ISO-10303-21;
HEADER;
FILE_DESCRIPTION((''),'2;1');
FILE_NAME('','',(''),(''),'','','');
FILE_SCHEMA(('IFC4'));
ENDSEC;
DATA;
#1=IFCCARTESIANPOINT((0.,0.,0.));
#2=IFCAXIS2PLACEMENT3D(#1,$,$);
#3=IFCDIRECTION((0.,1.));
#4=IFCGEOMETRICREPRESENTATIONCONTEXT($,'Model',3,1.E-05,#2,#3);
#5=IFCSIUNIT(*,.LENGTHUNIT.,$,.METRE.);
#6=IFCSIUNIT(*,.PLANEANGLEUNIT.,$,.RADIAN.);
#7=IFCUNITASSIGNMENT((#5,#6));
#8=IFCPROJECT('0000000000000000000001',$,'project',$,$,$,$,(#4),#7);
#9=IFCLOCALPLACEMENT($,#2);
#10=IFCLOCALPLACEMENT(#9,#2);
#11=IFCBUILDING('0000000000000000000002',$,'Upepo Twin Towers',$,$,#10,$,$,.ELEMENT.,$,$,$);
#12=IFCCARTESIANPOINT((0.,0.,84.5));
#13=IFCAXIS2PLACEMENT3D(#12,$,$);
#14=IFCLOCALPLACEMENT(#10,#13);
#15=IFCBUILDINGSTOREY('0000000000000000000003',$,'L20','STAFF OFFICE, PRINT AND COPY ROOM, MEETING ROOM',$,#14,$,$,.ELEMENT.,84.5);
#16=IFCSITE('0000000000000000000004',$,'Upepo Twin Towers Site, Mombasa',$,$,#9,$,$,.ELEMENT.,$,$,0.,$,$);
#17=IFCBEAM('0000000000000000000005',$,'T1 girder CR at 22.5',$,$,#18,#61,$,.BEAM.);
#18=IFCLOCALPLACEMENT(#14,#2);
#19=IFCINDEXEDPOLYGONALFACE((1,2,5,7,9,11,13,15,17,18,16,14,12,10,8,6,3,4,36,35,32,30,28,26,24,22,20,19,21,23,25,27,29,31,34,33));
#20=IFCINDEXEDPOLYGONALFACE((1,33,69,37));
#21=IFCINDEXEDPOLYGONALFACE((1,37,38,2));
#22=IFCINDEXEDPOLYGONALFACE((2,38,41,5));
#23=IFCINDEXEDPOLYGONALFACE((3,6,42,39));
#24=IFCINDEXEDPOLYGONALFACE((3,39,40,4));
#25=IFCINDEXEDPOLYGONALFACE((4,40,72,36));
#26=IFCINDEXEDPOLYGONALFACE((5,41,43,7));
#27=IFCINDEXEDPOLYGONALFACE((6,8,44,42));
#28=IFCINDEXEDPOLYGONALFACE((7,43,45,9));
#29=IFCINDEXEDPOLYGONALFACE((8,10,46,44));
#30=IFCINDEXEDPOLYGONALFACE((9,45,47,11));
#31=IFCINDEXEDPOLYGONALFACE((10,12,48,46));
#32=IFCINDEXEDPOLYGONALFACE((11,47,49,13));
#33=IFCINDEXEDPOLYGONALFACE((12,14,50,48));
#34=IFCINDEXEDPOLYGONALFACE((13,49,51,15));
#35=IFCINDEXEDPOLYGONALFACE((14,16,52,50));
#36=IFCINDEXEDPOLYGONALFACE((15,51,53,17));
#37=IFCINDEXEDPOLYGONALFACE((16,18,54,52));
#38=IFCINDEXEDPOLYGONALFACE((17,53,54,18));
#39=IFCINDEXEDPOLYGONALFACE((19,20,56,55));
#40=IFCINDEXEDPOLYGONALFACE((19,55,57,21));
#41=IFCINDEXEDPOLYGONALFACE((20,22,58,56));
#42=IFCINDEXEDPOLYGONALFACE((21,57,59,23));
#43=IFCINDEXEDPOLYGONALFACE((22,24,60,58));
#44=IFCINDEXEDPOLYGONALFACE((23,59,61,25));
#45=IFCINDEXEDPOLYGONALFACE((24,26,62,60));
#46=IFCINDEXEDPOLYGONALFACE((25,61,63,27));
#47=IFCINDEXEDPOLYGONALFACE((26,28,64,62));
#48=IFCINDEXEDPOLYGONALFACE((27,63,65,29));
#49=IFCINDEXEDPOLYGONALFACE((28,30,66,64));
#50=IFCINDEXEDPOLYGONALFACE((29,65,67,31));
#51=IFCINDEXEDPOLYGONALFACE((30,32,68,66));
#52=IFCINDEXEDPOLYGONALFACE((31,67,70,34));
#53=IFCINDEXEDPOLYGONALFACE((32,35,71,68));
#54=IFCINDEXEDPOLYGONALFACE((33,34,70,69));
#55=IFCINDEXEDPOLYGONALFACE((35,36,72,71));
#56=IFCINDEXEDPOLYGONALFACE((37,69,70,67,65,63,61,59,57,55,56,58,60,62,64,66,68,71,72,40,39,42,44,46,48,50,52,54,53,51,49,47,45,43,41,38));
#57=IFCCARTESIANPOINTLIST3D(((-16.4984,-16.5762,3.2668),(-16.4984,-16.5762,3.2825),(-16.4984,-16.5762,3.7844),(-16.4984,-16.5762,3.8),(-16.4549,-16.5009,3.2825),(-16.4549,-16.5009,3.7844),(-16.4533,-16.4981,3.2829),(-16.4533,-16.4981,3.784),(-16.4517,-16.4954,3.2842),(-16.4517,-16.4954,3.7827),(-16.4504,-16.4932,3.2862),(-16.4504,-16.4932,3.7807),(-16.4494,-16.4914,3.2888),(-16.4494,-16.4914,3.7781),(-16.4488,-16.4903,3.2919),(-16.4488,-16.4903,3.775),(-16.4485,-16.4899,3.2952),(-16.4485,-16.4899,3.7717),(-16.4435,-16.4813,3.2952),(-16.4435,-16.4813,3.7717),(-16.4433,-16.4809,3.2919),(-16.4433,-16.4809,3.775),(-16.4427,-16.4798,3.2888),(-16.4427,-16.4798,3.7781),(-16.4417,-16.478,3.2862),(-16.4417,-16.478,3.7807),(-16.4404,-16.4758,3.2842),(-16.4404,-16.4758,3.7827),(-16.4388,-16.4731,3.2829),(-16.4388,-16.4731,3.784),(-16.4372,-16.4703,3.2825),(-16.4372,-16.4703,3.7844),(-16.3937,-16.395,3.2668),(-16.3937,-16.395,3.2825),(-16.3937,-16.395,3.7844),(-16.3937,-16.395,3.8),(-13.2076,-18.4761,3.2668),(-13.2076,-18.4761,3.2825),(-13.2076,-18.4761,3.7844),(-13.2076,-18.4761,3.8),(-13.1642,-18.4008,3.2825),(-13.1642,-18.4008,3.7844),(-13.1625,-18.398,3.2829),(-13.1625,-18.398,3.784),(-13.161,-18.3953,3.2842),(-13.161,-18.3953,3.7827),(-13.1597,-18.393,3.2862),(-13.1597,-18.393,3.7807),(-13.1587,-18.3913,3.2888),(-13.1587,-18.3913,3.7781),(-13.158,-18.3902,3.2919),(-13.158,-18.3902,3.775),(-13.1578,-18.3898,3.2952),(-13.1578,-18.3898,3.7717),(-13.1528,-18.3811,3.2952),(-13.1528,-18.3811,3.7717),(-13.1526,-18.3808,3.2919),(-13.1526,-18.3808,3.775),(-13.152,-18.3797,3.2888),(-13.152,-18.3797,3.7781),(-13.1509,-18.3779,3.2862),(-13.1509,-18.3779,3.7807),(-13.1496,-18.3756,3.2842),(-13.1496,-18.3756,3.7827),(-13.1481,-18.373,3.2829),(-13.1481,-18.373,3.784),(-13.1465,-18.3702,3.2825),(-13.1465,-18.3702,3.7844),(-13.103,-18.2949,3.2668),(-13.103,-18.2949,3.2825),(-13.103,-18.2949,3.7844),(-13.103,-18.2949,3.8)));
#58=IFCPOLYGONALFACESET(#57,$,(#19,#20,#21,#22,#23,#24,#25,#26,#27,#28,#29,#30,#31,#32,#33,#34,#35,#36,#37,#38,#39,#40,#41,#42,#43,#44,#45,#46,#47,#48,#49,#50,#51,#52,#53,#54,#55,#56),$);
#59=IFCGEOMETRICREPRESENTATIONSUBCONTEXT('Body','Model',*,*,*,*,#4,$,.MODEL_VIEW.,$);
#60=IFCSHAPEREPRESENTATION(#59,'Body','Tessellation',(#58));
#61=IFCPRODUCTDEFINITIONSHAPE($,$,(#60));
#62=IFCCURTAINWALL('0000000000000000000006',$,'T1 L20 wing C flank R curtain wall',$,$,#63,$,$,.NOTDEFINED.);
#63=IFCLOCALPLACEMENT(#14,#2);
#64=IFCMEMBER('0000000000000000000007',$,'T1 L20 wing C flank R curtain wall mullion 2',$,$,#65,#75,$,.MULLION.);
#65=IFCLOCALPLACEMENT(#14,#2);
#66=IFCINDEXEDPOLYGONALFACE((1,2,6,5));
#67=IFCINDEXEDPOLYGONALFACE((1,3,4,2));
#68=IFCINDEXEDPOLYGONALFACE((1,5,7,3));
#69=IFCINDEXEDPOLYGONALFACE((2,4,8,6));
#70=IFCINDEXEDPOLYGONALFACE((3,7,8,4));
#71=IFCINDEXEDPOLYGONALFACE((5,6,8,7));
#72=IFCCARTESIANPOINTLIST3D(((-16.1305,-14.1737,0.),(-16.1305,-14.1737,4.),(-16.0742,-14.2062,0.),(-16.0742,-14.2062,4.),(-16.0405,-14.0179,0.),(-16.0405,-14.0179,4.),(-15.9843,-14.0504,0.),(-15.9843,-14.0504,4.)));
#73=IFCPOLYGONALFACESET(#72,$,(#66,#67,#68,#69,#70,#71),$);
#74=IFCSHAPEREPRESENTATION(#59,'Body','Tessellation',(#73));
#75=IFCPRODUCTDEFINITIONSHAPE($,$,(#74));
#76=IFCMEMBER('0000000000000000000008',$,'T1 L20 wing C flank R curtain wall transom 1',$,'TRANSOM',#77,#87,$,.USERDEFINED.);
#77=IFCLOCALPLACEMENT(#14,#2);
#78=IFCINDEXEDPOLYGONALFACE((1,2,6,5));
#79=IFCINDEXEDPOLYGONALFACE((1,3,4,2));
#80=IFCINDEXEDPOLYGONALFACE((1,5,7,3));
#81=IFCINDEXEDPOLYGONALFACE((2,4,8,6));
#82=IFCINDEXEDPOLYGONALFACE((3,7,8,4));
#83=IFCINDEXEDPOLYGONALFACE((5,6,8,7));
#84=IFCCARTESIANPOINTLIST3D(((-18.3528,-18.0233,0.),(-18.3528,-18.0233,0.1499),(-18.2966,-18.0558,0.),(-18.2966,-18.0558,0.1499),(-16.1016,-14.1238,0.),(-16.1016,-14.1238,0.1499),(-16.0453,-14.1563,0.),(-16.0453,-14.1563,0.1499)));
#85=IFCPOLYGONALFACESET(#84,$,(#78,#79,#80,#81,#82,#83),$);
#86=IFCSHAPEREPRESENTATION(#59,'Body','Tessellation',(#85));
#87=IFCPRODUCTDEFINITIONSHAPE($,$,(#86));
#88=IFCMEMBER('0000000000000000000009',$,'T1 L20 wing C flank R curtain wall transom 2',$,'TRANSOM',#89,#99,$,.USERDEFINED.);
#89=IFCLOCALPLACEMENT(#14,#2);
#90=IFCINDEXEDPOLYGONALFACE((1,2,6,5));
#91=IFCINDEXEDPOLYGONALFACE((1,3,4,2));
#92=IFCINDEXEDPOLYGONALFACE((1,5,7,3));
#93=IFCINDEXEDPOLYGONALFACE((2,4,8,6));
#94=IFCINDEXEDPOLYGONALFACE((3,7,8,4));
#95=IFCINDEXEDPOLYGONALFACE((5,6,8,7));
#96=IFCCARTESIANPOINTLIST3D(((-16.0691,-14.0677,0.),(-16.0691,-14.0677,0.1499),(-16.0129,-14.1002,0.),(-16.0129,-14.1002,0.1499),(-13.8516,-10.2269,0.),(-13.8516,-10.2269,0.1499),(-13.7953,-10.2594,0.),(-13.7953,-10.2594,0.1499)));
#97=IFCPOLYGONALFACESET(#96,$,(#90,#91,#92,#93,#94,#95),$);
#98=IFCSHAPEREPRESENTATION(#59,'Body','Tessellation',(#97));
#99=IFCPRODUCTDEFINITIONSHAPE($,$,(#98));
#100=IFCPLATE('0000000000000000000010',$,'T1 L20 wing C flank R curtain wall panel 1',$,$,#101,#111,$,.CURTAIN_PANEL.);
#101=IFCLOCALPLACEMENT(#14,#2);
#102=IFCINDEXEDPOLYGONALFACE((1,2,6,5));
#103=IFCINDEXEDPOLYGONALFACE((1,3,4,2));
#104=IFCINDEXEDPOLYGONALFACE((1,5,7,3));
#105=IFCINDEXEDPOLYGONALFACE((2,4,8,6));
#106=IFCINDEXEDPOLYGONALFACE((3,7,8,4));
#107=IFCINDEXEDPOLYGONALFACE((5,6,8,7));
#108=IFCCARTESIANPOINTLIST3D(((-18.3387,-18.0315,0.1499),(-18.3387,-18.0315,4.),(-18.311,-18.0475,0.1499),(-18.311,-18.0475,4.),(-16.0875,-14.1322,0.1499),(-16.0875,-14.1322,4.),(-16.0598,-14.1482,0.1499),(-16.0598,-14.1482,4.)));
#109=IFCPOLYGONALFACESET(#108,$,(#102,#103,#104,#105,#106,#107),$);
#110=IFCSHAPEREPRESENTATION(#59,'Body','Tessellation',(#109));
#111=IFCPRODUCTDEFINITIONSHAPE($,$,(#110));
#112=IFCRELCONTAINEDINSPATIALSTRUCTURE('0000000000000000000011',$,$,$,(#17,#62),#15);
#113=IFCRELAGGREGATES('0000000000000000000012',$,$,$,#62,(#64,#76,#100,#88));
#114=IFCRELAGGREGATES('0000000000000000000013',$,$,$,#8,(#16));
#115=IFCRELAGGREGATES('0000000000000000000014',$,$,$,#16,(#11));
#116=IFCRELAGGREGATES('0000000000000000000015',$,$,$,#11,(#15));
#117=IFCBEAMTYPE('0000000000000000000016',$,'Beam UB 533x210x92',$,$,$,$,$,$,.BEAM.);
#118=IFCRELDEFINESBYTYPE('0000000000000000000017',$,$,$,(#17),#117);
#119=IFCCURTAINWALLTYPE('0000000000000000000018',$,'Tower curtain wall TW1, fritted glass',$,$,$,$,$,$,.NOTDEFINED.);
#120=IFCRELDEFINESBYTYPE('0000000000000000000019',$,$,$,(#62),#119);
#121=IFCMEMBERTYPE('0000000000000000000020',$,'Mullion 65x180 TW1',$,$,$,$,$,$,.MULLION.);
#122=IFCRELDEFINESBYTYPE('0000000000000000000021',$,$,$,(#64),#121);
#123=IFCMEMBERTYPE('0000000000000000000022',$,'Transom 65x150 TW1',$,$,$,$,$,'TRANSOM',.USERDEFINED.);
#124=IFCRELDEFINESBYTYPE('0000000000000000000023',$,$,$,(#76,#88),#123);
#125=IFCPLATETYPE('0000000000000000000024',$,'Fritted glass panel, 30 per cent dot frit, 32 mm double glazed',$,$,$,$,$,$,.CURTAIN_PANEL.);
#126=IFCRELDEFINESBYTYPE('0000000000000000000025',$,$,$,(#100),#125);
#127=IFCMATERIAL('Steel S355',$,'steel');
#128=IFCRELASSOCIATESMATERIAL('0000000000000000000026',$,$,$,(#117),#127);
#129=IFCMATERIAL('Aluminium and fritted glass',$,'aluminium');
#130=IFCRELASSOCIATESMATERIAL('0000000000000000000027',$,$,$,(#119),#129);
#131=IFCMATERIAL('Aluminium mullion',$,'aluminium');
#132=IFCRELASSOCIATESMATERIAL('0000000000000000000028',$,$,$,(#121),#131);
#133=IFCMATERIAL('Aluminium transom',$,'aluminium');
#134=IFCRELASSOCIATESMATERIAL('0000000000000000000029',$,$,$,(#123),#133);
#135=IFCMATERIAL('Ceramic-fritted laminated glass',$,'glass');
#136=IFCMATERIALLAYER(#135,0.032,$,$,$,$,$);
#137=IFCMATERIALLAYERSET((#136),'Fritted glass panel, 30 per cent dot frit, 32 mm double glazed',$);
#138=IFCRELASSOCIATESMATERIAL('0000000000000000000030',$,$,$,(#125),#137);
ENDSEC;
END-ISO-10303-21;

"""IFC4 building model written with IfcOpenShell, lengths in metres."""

from ifc_helpers import new_model, si_unit, direction, frame, origin, origin_2d, place, context, subcontext, project, spatial, rectangle, i_section, extrude, material, layer, layer_set, material_profile, profile_set, type_object, element, aggregate, save


model = new_model("IFC4")

# Units and contexts
model_context = context("Model", 3, precision=1e-05, world=origin(), true_north=direction((0.0, 1.0)))
body_context = subcontext(model_context, "Body", "Model", "MODEL_VIEW")
ifc_project = project(units=[si_unit("LENGTHUNIT", "METRE"), si_unit("PLANEANGLEUNIT", "RADIAN")], contexts=[model_context])

# Site, building, storey
site_placement = place(None, origin())
site = spatial("IfcSite", under=ifc_project, at=site_placement, Name="Upepo Twin Towers Site, Mombasa", CompositionType="ELEMENT", RefElevation=0.0)
building_placement = place(site_placement, origin())
building = spatial("IfcBuilding", under=site, at=building_placement, Name="Upepo Twin Towers", CompositionType="ELEMENT")
storey_placement = place(building_placement, frame((0.0, 0.0, 84.5)))
storey = spatial("IfcBuildingStorey", under=building, at=storey_placement, Name="L20", Description="STAFF OFFICE, PRINT AND COPY ROOM, MEETING ROOM", CompositionType="ELEMENT", Elevation=84.5)

# Beam
ifc_material_1 = material(Name="Steel S355", Category="steel")
ifc_material_profile_1 = material_profile(ifc_material_1, i_section(OverallWidth=0.2092, OverallDepth=0.5332, WebThickness=0.01, FlangeThickness=0.0156, FilletRadius=0.0127, at=origin_2d()), Name="UB 533x210x92")
ifc_profile_set_1 = profile_set([ifc_material_profile_1], Name="Steel S355")
beam_type_1 = type_object("IfcBeamType", Name="Beam UB 533x210x92", PredefinedType="BEAM", material=ifc_profile_set_1)
beam_1_placement = place(storey_placement, frame((-16.446, -16.4856, 3.5334), z_axis=(0.866028, -0.499995, 0.0), x_axis=(0.499995, 0.866028, 0.0)))
element("IfcBeam", 1, at=beam_1_placement, inside=storey, type_object=beam_type_1, Name="T1 girder CR at 22.5", PredefinedType="BEAM", context=body_context, shape_type="SweptSolid", body=[
    extrude(i_section(OverallWidth=0.2092, OverallDepth=0.5332, WebThickness=0.01, FlangeThickness=0.0156, FilletRadius=0.0127, at=origin_2d()), origin(), (0.0, 0.0, 1.0), 3.7998),
])

# Curtain wall, members, plate
ifc_material_2 = material(Name="Aluminium and fritted glass", Category="aluminium")
curtain_wall_type = type_object("IfcCurtainWallType", Name="Tower curtain wall TW1, fritted glass", PredefinedType="NOTDEFINED", material=ifc_material_2)
curtain_wall_placement = place(storey_placement, origin())
curtain_wall = element("IfcCurtainWall", 2, at=curtain_wall_placement, inside=storey, type_object=curtain_wall_type, Name="T1 L20 wing C flank R curtain wall", PredefinedType="NOTDEFINED")
ifc_material_3 = material(Name="Aluminium mullion", Category="aluminium")
ifc_material_profile_2 = material_profile(ifc_material_3, rectangle(XDim=0.0649, YDim=0.1799, at=origin_2d()), Name="MULLION 65x180")
ifc_profile_set_2 = profile_set([ifc_material_profile_2], Name="Aluminium mullion")
member_type_1 = type_object("IfcMemberType", Name="Mullion 65x180 TW1", PredefinedType="MULLION", material=ifc_profile_set_2)
member_1_placement = place(storey_placement, frame((-16.0574, -14.1121, 0.0), z_axis=(0.0, 0.0, 1.0), x_axis=(-0.866025, 0.5, 0.0)))
member_1 = element("IfcMember", 3, at=member_1_placement, type_object=member_type_1, Name="T1 L20 wing C flank R curtain wall mullion 2", PredefinedType="MULLION", context=body_context, shape_type="SweptSolid", body=[
    extrude(rectangle(XDim=0.0649, YDim=0.1799, at=origin_2d()), origin(), (0.0, 0.0, 1.0), 4.0),
])
ifc_material_4 = material(Name="Aluminium transom", Category="aluminium")
ifc_material_profile_3 = material_profile(ifc_material_4, rectangle(XDim=0.0649, YDim=0.1499, at=origin_2d()), Name="TRANSOM 65x150")
ifc_profile_set_3 = profile_set([ifc_material_profile_3], Name="Aluminium transom")
member_type_2 = type_object("IfcMemberType", Name="Transom 65x150 TW1", ElementType="TRANSOM", PredefinedType="USERDEFINED", material=ifc_profile_set_3)
member_2_placement = place(storey_placement, frame((-18.3247, -18.0396, 0.075), z_axis=(0.499982, 0.866036, 0.0), x_axis=(-0.866036, 0.499982, 0.0)))
member_2 = element("IfcMember", 4, at=member_2_placement, type_object=member_type_2, Name="T1 L20 wing C flank R curtain wall transom 1", ObjectType="TRANSOM", PredefinedType="USERDEFINED", context=body_context, shape_type="SweptSolid", body=[
    extrude(rectangle(XDim=0.0649, YDim=0.1499, at=origin_2d()), origin(), (0.0, 0.0, 1.0), 4.5027),
])
member_3_placement = place(storey_placement, frame((-16.041, -14.084, 0.075), z_axis=(0.500005, 0.866022, 0.0), x_axis=(-0.866022, 0.500005, 0.0)))
member_3 = element("IfcMember", 5, at=member_3_placement, type_object=member_type_2, Name="T1 L20 wing C flank R curtain wall transom 2", ObjectType="TRANSOM", PredefinedType="USERDEFINED", context=body_context, shape_type="SweptSolid", body=[
    extrude(rectangle(XDim=0.0649, YDim=0.1499, at=origin_2d()), origin(), (0.0, 0.0, 1.0), 4.4351),
])
ifc_material_5 = material(Name="Ceramic-fritted laminated glass", Category="glass")
ifc_layer_1 = layer(ifc_material_5, 0.032)
ifc_layer_set_1 = layer_set([ifc_layer_1], Name="Fritted glass panel, 30 per cent dot frit, 32 mm double glazed")
plate_type = type_object("IfcPlateType", Name="Fritted glass panel, 30 per cent dot frit, 32 mm double glazed", PredefinedType="CURTAIN_PANEL", material=ifc_layer_set_1)
plate_placement = place(storey_placement, frame((-17.1992, -16.0898, 0.1499), z_axis=(0.0, 0.0, 1.0), x_axis=(0.5, 0.866025, 0.0)))
plate = element("IfcPlate", 6, at=plate_placement, type_object=plate_type, Name="T1 L20 wing C flank R curtain wall panel 1", PredefinedType="CURTAIN_PANEL", context=body_context, shape_type="SweptSolid", body=[
    extrude(rectangle(XDim=4.5024, YDim=0.032, at=origin_2d()), origin(), (0.0, 0.0, 1.0), 3.8501),
])
aggregate(curtain_wall, [member_1, member_2, plate, member_3])

save(model, "model.ifc")
